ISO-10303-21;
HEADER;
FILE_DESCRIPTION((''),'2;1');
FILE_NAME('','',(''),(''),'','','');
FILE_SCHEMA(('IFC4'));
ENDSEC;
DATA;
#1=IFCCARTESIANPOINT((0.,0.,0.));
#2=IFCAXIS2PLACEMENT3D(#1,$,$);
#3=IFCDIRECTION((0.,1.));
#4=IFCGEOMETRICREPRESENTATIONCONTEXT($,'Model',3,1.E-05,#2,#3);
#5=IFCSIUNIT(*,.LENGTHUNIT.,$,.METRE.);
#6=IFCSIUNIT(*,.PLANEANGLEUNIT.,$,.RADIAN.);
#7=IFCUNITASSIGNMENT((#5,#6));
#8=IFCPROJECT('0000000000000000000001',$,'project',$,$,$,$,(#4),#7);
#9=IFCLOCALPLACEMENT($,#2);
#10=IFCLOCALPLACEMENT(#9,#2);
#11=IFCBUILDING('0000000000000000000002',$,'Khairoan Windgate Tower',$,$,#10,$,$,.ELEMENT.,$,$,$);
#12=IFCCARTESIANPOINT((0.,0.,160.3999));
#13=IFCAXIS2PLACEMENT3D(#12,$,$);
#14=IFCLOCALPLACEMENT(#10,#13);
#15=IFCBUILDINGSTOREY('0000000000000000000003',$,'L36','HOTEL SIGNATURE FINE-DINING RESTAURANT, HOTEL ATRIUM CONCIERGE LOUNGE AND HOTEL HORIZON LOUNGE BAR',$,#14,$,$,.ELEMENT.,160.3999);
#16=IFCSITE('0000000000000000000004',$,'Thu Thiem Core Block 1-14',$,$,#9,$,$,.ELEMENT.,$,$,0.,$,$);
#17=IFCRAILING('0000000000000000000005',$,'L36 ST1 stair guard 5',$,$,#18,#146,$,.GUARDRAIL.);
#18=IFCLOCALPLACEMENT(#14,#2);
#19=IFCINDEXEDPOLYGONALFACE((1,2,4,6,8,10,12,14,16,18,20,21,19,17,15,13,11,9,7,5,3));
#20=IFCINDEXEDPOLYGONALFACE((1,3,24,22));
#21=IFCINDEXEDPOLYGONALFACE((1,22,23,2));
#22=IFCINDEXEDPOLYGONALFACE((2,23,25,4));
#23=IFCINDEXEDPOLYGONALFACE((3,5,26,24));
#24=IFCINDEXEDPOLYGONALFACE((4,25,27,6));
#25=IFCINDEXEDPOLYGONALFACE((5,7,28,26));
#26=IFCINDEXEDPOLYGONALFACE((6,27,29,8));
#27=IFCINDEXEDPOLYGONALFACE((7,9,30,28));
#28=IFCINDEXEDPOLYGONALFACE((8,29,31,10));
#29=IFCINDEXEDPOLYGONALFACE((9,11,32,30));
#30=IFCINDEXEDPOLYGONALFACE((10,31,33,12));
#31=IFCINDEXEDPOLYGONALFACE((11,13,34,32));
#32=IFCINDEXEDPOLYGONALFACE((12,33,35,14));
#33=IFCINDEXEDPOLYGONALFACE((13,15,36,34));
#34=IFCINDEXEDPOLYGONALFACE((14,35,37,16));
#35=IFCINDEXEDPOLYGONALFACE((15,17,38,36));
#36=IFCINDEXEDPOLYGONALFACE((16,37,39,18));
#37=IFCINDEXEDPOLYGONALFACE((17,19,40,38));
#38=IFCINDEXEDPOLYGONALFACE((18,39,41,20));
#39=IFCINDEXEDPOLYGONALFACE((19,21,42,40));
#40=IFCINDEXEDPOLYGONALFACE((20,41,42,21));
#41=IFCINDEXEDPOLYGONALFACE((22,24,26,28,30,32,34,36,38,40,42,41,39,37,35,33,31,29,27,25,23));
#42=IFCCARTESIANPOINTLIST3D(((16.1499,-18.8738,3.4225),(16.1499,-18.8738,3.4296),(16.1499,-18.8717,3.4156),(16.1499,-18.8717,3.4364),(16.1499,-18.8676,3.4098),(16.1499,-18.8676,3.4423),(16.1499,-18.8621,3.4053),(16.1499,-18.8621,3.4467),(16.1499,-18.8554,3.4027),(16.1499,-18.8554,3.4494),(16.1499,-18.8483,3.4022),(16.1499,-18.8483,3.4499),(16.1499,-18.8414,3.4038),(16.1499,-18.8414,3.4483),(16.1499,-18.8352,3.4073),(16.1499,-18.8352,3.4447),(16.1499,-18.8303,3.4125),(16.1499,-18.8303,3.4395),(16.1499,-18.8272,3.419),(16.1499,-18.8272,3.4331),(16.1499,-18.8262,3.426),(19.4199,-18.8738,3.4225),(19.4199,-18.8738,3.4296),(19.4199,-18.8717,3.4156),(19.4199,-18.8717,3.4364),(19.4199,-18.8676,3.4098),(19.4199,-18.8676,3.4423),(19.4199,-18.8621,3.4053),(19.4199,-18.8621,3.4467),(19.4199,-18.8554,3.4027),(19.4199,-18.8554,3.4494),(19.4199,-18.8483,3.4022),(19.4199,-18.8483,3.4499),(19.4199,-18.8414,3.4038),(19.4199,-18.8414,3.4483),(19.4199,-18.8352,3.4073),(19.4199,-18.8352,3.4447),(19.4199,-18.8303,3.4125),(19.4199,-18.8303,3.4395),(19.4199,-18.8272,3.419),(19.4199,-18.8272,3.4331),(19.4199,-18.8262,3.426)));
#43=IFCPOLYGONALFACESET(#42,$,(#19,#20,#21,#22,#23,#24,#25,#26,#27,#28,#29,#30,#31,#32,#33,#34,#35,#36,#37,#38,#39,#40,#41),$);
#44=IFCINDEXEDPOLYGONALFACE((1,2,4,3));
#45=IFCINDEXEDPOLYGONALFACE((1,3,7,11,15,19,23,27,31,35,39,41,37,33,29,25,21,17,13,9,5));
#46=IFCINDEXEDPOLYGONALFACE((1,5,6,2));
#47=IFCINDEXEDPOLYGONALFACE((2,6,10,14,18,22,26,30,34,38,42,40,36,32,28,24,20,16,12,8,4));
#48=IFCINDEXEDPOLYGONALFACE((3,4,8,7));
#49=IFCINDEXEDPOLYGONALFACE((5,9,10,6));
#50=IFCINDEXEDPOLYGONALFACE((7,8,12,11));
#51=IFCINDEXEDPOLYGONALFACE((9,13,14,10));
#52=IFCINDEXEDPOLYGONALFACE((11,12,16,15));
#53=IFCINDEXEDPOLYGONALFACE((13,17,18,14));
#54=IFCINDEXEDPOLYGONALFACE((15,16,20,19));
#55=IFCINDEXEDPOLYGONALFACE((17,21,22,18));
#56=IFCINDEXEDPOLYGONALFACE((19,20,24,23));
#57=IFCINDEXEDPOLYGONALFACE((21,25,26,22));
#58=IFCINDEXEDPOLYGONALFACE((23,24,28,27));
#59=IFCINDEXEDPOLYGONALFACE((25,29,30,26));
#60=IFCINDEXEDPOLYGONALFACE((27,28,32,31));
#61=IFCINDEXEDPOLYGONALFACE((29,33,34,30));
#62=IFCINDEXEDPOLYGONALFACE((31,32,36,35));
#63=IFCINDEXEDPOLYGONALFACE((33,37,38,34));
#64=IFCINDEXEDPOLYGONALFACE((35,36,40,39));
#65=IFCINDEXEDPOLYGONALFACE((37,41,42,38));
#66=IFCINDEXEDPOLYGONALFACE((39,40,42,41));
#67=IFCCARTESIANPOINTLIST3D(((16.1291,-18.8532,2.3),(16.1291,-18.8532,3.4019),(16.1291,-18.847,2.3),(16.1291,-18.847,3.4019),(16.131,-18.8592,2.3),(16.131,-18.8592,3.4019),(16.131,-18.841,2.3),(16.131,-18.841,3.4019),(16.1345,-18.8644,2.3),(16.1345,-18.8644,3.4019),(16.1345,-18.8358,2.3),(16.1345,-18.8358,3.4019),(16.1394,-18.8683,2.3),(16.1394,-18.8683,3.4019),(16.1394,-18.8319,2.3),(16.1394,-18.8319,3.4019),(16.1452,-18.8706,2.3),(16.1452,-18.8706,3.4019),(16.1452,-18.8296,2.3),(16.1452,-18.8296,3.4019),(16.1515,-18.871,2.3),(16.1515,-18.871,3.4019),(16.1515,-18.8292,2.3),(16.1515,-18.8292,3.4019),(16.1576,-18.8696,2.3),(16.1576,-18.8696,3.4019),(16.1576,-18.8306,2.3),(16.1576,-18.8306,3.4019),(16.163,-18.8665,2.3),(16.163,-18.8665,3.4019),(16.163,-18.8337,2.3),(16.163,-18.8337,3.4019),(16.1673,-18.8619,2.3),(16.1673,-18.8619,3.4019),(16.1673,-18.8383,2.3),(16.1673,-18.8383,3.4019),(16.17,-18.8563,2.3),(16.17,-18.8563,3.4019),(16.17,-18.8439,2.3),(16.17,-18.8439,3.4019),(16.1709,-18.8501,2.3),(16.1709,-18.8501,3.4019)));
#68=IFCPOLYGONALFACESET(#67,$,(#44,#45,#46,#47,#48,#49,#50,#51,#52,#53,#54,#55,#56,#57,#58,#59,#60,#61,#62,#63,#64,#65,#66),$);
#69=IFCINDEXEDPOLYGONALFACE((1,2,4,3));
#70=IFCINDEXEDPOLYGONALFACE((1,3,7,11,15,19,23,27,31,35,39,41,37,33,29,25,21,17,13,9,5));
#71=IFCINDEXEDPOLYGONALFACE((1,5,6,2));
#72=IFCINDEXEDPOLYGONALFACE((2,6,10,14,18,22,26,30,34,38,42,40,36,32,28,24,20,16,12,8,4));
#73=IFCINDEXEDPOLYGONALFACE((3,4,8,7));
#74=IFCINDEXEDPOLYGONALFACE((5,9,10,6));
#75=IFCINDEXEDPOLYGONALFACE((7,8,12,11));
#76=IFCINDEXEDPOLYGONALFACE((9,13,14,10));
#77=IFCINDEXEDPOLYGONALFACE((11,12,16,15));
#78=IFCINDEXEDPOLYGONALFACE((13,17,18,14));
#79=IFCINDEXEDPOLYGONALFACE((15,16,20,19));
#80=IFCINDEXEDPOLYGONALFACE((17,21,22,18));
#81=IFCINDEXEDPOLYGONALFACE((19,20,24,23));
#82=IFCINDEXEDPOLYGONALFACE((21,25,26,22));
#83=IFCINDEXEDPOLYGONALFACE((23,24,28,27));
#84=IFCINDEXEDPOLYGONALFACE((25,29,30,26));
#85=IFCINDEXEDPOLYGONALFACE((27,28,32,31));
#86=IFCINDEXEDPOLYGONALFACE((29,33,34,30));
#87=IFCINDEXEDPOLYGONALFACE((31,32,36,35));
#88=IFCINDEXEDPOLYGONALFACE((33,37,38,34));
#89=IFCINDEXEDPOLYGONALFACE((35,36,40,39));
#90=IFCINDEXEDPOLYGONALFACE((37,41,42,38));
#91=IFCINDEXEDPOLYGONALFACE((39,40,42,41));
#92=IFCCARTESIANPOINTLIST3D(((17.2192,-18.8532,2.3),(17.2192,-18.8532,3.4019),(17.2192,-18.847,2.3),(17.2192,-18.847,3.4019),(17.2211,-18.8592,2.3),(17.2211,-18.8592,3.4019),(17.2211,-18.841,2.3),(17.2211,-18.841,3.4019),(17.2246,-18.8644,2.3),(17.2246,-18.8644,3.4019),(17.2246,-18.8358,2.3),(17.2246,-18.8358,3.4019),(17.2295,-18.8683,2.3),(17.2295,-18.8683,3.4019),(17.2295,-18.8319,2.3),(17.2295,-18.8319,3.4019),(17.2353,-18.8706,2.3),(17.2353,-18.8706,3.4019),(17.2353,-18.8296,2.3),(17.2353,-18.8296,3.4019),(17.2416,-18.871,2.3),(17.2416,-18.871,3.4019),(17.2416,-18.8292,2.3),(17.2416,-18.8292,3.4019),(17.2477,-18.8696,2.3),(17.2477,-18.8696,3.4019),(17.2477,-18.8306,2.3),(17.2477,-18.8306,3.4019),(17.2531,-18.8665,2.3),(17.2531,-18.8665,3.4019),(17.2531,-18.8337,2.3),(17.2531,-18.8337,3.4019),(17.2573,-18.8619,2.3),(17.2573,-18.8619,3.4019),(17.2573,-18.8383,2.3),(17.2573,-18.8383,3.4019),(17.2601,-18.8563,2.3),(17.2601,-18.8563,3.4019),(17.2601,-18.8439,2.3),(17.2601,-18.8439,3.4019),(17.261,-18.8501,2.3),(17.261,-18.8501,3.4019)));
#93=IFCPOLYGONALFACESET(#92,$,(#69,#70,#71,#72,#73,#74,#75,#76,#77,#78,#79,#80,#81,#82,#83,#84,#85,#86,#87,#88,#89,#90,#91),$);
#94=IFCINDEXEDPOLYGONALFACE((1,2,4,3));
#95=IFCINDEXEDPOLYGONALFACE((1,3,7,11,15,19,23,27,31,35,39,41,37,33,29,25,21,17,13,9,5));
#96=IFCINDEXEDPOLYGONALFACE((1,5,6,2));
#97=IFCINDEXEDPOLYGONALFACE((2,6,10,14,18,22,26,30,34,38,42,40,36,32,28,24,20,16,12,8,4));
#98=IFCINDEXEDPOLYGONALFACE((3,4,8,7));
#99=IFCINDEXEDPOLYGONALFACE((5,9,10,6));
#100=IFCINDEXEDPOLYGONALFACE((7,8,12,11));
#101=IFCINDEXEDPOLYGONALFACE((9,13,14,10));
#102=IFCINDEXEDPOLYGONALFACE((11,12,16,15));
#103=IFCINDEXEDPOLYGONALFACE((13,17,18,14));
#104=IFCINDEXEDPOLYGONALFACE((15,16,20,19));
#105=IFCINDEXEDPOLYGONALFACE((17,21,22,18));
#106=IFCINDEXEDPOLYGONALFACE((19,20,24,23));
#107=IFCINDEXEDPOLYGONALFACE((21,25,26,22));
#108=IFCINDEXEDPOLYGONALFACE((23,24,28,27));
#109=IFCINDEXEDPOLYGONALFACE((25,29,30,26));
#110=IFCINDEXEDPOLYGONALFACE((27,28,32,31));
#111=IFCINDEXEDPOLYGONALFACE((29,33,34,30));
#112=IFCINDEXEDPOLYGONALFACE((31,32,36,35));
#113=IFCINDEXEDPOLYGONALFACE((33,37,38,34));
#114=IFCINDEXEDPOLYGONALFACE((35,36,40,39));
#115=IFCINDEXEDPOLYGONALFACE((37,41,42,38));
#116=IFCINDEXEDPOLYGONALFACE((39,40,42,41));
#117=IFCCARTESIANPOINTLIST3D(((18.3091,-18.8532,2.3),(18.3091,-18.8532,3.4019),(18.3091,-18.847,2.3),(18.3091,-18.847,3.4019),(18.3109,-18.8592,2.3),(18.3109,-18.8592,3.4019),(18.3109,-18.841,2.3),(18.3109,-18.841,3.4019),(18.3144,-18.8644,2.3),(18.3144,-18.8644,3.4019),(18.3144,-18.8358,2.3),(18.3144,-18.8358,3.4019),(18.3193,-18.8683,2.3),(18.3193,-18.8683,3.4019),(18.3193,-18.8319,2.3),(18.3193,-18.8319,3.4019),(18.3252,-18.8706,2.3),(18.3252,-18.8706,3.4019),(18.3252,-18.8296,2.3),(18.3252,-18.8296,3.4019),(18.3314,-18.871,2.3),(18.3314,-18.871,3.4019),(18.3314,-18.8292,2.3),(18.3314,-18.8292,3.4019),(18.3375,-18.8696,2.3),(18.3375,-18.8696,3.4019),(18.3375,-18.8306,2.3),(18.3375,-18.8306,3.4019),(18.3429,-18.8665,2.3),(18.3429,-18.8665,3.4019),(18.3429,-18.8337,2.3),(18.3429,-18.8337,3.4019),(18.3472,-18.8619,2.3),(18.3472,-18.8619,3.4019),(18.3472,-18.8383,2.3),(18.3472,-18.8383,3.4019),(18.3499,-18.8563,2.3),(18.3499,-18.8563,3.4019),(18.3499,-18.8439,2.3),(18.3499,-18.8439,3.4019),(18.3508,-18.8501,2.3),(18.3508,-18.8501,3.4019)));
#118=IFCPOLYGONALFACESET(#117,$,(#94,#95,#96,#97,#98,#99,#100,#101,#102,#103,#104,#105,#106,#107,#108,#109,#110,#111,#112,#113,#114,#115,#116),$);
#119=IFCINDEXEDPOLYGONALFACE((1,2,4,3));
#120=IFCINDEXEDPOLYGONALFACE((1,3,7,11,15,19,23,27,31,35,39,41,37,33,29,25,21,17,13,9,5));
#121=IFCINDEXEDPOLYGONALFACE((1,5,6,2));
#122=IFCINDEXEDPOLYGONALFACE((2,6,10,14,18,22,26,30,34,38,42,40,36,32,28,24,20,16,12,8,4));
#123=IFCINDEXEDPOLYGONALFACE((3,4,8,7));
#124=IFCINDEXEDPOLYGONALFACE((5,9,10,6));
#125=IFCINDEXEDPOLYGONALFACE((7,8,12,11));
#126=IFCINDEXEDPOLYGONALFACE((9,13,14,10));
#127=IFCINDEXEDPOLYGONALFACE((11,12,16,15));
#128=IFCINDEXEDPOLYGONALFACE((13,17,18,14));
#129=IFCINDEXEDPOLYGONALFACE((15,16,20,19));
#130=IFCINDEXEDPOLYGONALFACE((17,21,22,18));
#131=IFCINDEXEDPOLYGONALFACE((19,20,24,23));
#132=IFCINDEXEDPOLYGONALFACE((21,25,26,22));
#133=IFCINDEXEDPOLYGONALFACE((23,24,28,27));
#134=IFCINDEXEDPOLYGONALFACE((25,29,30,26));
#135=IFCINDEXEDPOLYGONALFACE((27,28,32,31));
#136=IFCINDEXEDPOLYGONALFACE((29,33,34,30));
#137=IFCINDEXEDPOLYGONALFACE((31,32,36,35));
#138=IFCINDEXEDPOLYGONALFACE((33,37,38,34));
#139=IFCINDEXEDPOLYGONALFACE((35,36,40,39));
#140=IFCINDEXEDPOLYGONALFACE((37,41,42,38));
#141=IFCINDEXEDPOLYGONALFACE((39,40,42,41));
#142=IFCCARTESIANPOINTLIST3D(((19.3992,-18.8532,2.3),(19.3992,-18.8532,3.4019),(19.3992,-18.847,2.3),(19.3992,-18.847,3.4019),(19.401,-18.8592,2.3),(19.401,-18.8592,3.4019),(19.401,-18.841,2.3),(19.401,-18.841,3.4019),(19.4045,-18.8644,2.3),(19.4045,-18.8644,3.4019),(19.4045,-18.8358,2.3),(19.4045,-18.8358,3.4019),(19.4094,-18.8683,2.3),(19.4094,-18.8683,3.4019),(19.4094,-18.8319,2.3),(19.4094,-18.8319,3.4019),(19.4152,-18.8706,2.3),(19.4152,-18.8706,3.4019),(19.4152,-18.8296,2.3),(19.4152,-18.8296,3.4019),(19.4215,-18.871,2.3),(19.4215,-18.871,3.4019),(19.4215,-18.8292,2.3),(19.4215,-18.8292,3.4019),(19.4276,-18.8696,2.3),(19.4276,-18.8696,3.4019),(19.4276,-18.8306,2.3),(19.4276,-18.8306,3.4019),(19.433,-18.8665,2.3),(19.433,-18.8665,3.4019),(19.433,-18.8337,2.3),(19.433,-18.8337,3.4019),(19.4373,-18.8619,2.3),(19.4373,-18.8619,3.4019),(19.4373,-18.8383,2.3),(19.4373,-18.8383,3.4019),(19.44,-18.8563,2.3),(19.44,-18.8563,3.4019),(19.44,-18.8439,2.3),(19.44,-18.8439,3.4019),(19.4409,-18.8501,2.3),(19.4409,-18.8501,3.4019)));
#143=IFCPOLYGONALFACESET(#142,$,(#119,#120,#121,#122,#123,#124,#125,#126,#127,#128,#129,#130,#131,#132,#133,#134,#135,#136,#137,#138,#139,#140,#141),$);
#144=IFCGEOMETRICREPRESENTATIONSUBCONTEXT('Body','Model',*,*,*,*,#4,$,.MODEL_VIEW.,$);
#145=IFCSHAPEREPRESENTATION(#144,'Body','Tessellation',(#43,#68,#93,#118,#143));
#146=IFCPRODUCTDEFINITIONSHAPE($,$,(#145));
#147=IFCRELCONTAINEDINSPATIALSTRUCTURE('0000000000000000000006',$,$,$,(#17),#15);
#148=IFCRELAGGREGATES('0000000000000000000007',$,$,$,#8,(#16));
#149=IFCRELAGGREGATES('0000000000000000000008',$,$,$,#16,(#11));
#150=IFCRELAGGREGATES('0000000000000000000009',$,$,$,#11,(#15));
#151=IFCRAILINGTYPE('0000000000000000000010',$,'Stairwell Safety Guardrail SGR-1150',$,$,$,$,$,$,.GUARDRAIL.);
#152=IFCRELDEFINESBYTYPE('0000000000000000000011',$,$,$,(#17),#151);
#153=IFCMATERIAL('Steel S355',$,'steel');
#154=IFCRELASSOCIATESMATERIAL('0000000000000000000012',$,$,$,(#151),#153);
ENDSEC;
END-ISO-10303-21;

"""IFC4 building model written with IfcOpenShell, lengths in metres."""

from ifc_helpers import new_model, si_unit, direction, frame, origin, origin_2d, place, context, subcontext, project, spatial, circle, extrude, material, type_object, element, save


model = new_model("IFC4")

# Units and contexts
model_context = context("Model", 3, precision=1e-05, world=origin(), true_north=direction((0.0, 1.0)))
body_context = subcontext(model_context, "Body", "Model", "MODEL_VIEW")
ifc_project = project(units=[si_unit("LENGTHUNIT", "METRE"), si_unit("PLANEANGLEUNIT", "RADIAN")], contexts=[model_context])

# Site, building, storey
site_placement = place(None, origin())
site = spatial("IfcSite", under=ifc_project, at=site_placement, Name="Thu Thiem Core Block 1-14", CompositionType="ELEMENT", RefElevation=0.0)
building_placement = place(site_placement, origin())
building = spatial("IfcBuilding", under=site, at=building_placement, Name="Khairoan Windgate Tower", CompositionType="ELEMENT")
storey_placement = place(building_placement, frame((0.0, 0.0, 160.3999)))
storey = spatial("IfcBuildingStorey", under=building, at=storey_placement, Name="L36", Description="HOTEL SIGNATURE FINE-DINING RESTAURANT, HOTEL ATRIUM CONCIERGE LOUNGE AND HOTEL HORIZON LOUNGE BAR", CompositionType="ELEMENT", Elevation=160.3999)

# Railing
ifc_material_1 = material(Name="Steel S355", Category="steel")
railing_type_1 = type_object("IfcRailingType", Name="Stairwell Safety Guardrail SGR-1150", PredefinedType="GUARDRAIL", material=ifc_material_1)
railing_1_placement = place(storey_placement, frame((16.1499, -18.8501, 2.3)))
element("IfcRailing", 1, at=railing_1_placement, inside=storey, type_object=railing_type_1, Name="L36 ST1 stair guard 5", PredefinedType="GUARDRAIL", context=body_context, shape_type="SweptSolid", body=[
    extrude(circle(Radius=0.0239, at=origin_2d()), frame((0.0, 0.0, 1.126), z_axis=(1.0, 0.0, 0.0), x_axis=(0.0, 1.0, 0.0)), (0.0, 0.0, 1.0), 3.27),
    extrude(circle(Radius=0.021, at=origin_2d()), origin(), (0.0, 0.0, 1.0), 1.1018),
    extrude(circle(Radius=0.021, at=origin_2d()), frame((1.0901, 0.0, 0.0)), (0.0, 0.0, 1.0), 1.1018),
    extrude(circle(Radius=0.021, at=origin_2d()), frame((2.1799, 0.0, 0.0)), (0.0, 0.0, 1.0), 1.1018),
    extrude(circle(Radius=0.021, at=origin_2d()), frame((3.27, 0.0, 0.0)), (0.0, 0.0, 1.0), 1.1018),
])

save(model, "model.ifc")
